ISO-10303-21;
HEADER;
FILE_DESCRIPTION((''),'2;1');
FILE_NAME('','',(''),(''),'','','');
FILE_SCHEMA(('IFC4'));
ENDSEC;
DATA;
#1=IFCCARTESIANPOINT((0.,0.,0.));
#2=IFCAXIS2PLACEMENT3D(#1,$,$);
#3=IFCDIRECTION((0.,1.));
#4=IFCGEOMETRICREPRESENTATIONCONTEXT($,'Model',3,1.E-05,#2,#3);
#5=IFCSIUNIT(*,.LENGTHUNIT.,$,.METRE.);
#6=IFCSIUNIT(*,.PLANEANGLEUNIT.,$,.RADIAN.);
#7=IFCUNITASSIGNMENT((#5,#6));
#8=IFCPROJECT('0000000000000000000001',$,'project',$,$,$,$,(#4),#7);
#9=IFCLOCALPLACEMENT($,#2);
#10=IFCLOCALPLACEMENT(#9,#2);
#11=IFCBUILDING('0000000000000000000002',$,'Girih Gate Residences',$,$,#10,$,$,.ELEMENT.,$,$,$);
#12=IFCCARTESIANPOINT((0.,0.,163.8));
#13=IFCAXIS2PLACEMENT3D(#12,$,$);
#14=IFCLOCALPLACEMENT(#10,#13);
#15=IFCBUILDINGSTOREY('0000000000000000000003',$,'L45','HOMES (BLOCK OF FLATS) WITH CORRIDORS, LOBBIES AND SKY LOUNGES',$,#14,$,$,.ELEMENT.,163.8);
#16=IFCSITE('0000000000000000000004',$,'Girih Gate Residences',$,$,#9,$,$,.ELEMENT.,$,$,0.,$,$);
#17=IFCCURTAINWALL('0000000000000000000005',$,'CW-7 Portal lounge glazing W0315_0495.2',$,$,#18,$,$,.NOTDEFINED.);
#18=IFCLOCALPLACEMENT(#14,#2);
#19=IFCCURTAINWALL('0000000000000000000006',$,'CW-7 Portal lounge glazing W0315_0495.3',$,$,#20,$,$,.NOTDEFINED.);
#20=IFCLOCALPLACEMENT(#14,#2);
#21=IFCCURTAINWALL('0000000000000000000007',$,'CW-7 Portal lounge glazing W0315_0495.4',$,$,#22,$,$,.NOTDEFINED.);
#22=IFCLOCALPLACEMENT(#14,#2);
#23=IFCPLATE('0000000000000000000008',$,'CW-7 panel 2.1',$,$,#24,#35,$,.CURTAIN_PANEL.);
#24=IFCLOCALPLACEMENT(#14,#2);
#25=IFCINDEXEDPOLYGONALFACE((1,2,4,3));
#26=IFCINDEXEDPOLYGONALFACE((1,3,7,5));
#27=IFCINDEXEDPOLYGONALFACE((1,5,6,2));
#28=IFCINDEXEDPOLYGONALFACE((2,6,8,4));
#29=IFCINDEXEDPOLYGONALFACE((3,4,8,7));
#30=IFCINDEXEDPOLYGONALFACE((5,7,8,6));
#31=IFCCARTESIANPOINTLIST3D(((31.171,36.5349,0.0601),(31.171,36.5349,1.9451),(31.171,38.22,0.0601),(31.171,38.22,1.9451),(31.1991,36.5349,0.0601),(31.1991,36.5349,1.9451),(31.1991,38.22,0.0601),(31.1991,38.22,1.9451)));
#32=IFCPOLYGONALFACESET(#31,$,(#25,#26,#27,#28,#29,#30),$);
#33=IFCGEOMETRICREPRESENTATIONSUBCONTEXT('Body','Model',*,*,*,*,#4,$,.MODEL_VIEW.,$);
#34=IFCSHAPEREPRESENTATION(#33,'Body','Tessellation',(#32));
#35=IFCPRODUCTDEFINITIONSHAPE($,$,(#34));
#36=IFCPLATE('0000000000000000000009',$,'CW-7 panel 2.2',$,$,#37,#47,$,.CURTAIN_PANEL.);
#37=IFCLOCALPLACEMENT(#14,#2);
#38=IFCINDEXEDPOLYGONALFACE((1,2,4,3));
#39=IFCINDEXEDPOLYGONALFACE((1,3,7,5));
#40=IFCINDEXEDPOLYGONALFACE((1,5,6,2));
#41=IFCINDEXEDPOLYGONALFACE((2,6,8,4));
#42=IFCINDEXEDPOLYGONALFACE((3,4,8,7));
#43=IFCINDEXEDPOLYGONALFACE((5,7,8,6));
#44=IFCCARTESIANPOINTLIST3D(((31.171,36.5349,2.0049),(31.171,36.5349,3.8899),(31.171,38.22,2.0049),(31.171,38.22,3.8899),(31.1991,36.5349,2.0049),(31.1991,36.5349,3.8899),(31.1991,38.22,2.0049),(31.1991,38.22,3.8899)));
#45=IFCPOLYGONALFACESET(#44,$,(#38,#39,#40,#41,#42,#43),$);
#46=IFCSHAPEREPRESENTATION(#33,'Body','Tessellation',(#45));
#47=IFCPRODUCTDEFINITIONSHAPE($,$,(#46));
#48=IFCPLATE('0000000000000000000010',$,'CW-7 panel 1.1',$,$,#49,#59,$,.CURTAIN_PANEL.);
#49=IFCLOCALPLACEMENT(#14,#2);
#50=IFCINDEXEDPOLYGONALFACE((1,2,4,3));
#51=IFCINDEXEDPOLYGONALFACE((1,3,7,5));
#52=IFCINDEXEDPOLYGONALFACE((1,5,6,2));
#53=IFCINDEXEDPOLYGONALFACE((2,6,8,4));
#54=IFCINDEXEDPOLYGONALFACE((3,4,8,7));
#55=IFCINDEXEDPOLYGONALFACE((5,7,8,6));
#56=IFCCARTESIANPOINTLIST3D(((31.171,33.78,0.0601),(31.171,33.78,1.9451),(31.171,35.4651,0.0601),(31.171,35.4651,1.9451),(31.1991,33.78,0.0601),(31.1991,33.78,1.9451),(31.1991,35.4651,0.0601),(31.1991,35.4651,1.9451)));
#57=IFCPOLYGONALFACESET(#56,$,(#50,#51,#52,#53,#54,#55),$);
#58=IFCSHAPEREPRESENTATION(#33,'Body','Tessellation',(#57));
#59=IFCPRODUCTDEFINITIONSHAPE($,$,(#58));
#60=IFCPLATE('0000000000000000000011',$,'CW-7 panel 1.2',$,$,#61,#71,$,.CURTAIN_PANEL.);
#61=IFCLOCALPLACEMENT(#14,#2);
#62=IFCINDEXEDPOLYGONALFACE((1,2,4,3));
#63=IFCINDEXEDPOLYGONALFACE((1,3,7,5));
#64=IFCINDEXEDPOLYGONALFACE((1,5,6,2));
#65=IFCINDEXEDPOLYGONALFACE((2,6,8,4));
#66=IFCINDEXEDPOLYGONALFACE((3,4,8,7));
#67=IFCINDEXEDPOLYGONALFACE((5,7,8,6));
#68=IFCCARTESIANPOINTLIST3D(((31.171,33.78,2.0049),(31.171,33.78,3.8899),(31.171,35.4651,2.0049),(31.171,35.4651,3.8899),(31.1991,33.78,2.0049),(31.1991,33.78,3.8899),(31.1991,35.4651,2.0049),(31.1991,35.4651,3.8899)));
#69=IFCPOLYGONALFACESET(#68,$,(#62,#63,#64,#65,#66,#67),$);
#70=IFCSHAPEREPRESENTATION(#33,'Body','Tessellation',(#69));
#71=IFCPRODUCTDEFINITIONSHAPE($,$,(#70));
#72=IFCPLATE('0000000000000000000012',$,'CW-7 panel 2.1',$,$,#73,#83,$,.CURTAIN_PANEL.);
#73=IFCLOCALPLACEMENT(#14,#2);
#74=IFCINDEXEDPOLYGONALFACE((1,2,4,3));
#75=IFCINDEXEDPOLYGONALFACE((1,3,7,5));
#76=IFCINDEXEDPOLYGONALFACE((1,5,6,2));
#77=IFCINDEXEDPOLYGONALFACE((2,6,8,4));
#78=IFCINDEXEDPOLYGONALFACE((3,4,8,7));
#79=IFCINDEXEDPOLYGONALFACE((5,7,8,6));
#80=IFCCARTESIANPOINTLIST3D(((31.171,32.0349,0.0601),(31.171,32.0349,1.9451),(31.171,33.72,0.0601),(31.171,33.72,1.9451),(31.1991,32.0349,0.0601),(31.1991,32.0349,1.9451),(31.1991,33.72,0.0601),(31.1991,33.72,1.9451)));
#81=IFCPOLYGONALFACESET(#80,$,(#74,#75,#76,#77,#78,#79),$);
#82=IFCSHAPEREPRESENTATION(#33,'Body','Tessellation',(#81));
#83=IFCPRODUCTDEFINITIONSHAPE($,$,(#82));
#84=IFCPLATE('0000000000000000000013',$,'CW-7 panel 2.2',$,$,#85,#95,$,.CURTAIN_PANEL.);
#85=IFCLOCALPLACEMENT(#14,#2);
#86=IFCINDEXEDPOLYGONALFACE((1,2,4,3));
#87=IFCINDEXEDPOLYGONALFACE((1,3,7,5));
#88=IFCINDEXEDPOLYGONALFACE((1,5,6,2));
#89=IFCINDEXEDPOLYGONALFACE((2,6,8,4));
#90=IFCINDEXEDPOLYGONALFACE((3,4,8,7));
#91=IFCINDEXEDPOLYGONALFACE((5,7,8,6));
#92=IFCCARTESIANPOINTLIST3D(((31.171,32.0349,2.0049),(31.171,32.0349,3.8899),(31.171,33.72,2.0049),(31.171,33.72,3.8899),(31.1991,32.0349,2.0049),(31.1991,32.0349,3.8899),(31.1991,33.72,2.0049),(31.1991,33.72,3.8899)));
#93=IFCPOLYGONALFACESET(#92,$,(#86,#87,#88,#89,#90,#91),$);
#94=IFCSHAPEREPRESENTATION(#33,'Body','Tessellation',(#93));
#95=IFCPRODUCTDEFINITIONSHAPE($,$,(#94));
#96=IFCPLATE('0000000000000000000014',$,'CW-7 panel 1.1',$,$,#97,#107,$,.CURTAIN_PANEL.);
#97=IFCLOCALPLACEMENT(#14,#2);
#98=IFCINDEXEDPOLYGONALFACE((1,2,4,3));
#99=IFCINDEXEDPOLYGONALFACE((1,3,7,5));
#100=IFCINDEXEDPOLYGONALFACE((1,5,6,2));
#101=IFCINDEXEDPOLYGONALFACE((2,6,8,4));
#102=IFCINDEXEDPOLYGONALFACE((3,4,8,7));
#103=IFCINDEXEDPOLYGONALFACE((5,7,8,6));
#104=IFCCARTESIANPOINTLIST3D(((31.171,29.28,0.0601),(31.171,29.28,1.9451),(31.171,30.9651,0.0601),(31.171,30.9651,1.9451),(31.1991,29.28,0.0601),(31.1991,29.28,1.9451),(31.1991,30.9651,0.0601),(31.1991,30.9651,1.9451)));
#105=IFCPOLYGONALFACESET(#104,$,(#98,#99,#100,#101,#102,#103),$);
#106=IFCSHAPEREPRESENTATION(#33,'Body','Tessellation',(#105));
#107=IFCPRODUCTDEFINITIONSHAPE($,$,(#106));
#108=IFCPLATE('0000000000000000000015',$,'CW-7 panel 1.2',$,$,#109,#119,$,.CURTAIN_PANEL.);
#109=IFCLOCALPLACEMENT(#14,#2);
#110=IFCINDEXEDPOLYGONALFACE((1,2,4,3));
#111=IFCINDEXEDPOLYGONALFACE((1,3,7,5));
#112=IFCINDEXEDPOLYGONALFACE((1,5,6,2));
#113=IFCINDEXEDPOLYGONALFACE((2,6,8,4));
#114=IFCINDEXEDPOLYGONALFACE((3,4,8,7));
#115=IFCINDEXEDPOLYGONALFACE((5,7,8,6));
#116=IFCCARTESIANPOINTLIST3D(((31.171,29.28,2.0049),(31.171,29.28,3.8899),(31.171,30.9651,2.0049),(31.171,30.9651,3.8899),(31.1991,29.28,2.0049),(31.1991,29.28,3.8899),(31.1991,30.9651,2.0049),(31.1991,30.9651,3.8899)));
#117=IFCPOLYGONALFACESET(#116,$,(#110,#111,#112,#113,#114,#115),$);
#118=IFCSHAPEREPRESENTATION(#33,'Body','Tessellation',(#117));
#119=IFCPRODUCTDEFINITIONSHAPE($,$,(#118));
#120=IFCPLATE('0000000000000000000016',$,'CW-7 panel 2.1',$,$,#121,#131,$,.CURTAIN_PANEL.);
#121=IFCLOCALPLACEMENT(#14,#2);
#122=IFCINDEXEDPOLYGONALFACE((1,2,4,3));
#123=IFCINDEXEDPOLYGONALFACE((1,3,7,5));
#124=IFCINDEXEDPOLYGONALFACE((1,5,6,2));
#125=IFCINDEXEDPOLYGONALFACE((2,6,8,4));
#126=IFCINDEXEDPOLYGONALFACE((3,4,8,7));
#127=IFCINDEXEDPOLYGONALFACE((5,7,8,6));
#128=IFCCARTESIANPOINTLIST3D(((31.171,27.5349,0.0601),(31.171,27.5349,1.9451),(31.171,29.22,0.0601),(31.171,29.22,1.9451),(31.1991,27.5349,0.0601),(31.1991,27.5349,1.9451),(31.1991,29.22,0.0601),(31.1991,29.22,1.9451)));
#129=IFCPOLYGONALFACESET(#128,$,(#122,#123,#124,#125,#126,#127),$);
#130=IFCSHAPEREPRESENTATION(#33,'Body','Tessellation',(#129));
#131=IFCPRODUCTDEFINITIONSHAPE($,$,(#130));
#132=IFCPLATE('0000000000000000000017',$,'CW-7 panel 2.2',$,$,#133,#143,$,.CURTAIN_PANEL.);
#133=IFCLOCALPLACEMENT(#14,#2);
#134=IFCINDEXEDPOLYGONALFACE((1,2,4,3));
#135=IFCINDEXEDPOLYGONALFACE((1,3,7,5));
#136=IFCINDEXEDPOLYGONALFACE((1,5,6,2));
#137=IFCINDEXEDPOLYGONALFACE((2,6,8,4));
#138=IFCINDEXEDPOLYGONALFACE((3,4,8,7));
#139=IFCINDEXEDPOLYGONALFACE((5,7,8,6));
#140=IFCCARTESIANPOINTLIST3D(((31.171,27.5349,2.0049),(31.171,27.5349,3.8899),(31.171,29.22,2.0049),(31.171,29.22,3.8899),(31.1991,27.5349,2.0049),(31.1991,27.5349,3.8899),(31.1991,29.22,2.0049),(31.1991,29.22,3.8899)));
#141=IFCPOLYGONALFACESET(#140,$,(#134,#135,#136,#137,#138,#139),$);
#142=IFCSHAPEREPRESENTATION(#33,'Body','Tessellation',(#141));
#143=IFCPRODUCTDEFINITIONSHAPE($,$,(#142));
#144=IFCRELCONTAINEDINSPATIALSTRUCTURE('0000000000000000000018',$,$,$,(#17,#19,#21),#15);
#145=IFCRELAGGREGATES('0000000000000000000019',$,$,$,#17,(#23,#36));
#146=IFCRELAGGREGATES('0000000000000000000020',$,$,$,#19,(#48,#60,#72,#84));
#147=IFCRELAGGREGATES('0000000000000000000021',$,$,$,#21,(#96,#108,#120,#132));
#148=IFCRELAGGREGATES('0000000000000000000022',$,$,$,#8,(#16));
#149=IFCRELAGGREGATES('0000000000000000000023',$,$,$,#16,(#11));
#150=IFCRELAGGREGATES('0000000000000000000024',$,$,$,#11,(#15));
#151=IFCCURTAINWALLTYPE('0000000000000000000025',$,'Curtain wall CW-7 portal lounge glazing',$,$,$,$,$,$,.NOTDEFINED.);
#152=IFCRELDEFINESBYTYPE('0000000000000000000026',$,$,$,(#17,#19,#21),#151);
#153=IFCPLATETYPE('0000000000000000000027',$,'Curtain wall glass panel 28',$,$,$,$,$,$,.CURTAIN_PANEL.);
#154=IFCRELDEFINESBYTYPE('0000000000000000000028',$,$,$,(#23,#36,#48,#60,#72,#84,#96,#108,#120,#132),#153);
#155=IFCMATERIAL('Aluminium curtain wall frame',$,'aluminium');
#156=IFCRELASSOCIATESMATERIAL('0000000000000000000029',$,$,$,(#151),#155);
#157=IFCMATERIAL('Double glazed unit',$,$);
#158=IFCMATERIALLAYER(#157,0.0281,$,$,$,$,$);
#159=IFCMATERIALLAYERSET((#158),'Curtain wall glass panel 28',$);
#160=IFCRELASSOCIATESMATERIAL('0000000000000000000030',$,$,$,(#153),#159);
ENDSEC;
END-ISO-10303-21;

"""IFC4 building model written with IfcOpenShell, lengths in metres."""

from ifc_helpers import new_model, si_unit, direction, frame, origin, origin_2d, place, context, subcontext, project, spatial, rectangle, extrude, material, layer, layer_set, type_object, element, aggregate, save


model = new_model("IFC4")

# Units and contexts
model_context = context("Model", 3, precision=1e-05, world=origin(), true_north=direction((0.0, 1.0)))
body_context = subcontext(model_context, "Body", "Model", "MODEL_VIEW")
ifc_project = project(units=[si_unit("LENGTHUNIT", "METRE"), si_unit("PLANEANGLEUNIT", "RADIAN")], contexts=[model_context])

# Site, building, storey
site_placement = place(None, origin())
site = spatial("IfcSite", under=ifc_project, at=site_placement, Name="Girih Gate Residences", CompositionType="ELEMENT", RefElevation=0.0)
building_placement = place(site_placement, origin())
building = spatial("IfcBuilding", under=site, at=building_placement, Name="Girih Gate Residences", CompositionType="ELEMENT")
storey_placement = place(building_placement, frame((0.0, 0.0, 163.8)))
storey = spatial("IfcBuildingStorey", under=building, at=storey_placement, Name="L45", Description="HOMES (BLOCK OF FLATS) WITH CORRIDORS, LOBBIES AND SKY LOUNGES", CompositionType="ELEMENT", Elevation=163.8)

# Curtain walls
ifc_material_1 = material(Name="Aluminium curtain wall frame", Category="aluminium")
curtain_wall_type = type_object("IfcCurtainWallType", Name="Curtain wall CW-7 portal lounge glazing", PredefinedType="NOTDEFINED", material=ifc_material_1)
curtain_wall_1_placement = place(storey_placement, origin())
curtain_wall_1 = element("IfcCurtainWall", 1, at=curtain_wall_1_placement, inside=storey, type_object=curtain_wall_type, Name="CW-7 Portal lounge glazing W0315_0495.2", PredefinedType="NOTDEFINED")
curtain_wall_2_placement = place(storey_placement, origin())
curtain_wall_2 = element("IfcCurtainWall", 2, at=curtain_wall_2_placement, inside=storey, type_object=curtain_wall_type, Name="CW-7 Portal lounge glazing W0315_0495.3", PredefinedType="NOTDEFINED")
curtain_wall_3_placement = place(storey_placement, origin())
curtain_wall_3 = element("IfcCurtainWall", 3, at=curtain_wall_3_placement, inside=storey, type_object=curtain_wall_type, Name="CW-7 Portal lounge glazing W0315_0495.4", PredefinedType="NOTDEFINED")

# Plates
ifc_material_2 = material(Name="Double glazed unit")
ifc_layer = layer(ifc_material_2, 0.0281)
ifc_layer_set = layer_set([ifc_layer], Name="Curtain wall glass panel 28")
plate_type = type_object("IfcPlateType", Name="Curtain wall glass panel 28", PredefinedType="CURTAIN_PANEL", material=ifc_layer_set)
plate_1_placement = place(storey_placement, frame((31.1851, 37.3774, 0.0601), z_axis=(0.0, 0.0, 1.0), x_axis=(0.0, -1.0, 0.0)))
plate_1 = element("IfcPlate", 4, at=plate_1_placement, type_object=plate_type, Name="CW-7 panel 2.1", PredefinedType="CURTAIN_PANEL", context=body_context, shape_type="SweptSolid", body=[
    extrude(rectangle(XDim=1.6851, YDim=0.0281, at=origin_2d()), origin(), (0.0, 0.0, 1.0), 1.885),
])
plate_2_placement = place(storey_placement, frame((31.1851, 37.3774, 2.0049), z_axis=(0.0, 0.0, 1.0), x_axis=(0.0, -1.0, 0.0)))
plate_2 = element("IfcPlate", 5, at=plate_2_placement, type_object=plate_type, Name="CW-7 panel 2.2", PredefinedType="CURTAIN_PANEL", context=body_context, shape_type="SweptSolid", body=[
    extrude(rectangle(XDim=1.6851, YDim=0.0281, at=origin_2d()), origin(), (0.0, 0.0, 1.0), 1.885),
])
aggregate(curtain_wall_1, [plate_1, plate_2])
plate_3_placement = place(storey_placement, frame((31.1851, 34.6226, 0.0601), z_axis=(0.0, 0.0, 1.0), x_axis=(0.0, -1.0, 0.0)))
plate_3 = element("IfcPlate", 6, at=plate_3_placement, type_object=plate_type, Name="CW-7 panel 1.1", PredefinedType="CURTAIN_PANEL", context=body_context, shape_type="SweptSolid", body=[
    extrude(rectangle(XDim=1.6851, YDim=0.0281, at=origin_2d()), origin(), (0.0, 0.0, 1.0), 1.885),
])
plate_4_placement = place(storey_placement, frame((31.1851, 34.6226, 2.0049), z_axis=(0.0, 0.0, 1.0), x_axis=(0.0, -1.0, 0.0)))
plate_4 = element("IfcPlate", 7, at=plate_4_placement, type_object=plate_type, Name="CW-7 panel 1.2", PredefinedType="CURTAIN_PANEL", context=body_context, shape_type="SweptSolid", body=[
    extrude(rectangle(XDim=1.6851, YDim=0.0281, at=origin_2d()), origin(), (0.0, 0.0, 1.0), 1.885),
])
plate_5_placement = place(storey_placement, frame((31.1851, 32.8774, 0.0601), z_axis=(0.0, 0.0, 1.0), x_axis=(0.0, -1.0, 0.0)))
plate_5 = element("IfcPlate", 8, at=plate_5_placement, type_object=plate_type, Name="CW-7 panel 2.1", PredefinedType="CURTAIN_PANEL", context=body_context, shape_type="SweptSolid", body=[
    extrude(rectangle(XDim=1.6851, YDim=0.0281, at=origin_2d()), origin(), (0.0, 0.0, 1.0), 1.885),
])
plate_6_placement = place(storey_placement, frame((31.1851, 32.8774, 2.0049), z_axis=(0.0, 0.0, 1.0), x_axis=(0.0, -1.0, 0.0)))
plate_6 = element("IfcPlate", 9, at=plate_6_placement, type_object=plate_type, Name="CW-7 panel 2.2", PredefinedType="CURTAIN_PANEL", context=body_context, shape_type="SweptSolid", body=[
    extrude(rectangle(XDim=1.6851, YDim=0.0281, at=origin_2d()), origin(), (0.0, 0.0, 1.0), 1.885),
])
aggregate(curtain_wall_2, [plate_3, plate_4, plate_5, plate_6])
plate_7_placement = place(storey_placement, frame((31.1851, 30.1226, 0.0601), z_axis=(0.0, 0.0, 1.0), x_axis=(0.0, -1.0, 0.0)))
plate_7 = element("IfcPlate", 10, at=plate_7_placement, type_object=plate_type, Name="CW-7 panel 1.1", PredefinedType="CURTAIN_PANEL", context=body_context, shape_type="SweptSolid", body=[
    extrude(rectangle(XDim=1.6851, YDim=0.0281, at=origin_2d()), origin(), (0.0, 0.0, 1.0), 1.885),
])
plate_8_placement = place(storey_placement, frame((31.1851, 30.1226, 2.0049), z_axis=(0.0, 0.0, 1.0), x_axis=(0.0, -1.0, 0.0)))
plate_8 = element("IfcPlate", 11, at=plate_8_placement, type_object=plate_type, Name="CW-7 panel 1.2", PredefinedType="CURTAIN_PANEL", context=body_context, shape_type="SweptSolid", body=[
    extrude(rectangle(XDim=1.6851, YDim=0.0281, at=origin_2d()), origin(), (0.0, 0.0, 1.0), 1.885),
])
plate_9_placement = place(storey_placement, frame((31.1851, 28.3774, 0.0601), z_axis=(0.0, 0.0, 1.0), x_axis=(0.0, -1.0, 0.0)))
plate_9 = element("IfcPlate", 12, at=plate_9_placement, type_object=plate_type, Name="CW-7 panel 2.1", PredefinedType="CURTAIN_PANEL", context=body_context, shape_type="SweptSolid", body=[
    extrude(rectangle(XDim=1.6851, YDim=0.0281, at=origin_2d()), origin(), (0.0, 0.0, 1.0), 1.885),
])
plate_10_placement = place(storey_placement, frame((31.1851, 28.3774, 2.0049), z_axis=(0.0, 0.0, 1.0), x_axis=(0.0, -1.0, 0.0)))
plate_10 = element("IfcPlate", 13, at=plate_10_placement, type_object=plate_type, Name="CW-7 panel 2.2", PredefinedType="CURTAIN_PANEL", context=body_context, shape_type="SweptSolid", body=[
    extrude(rectangle(XDim=1.6851, YDim=0.0281, at=origin_2d()), origin(), (0.0, 0.0, 1.0), 1.885),
])
aggregate(curtain_wall_3, [plate_7, plate_8, plate_9, plate_10])

save(model, "model.ifc")
